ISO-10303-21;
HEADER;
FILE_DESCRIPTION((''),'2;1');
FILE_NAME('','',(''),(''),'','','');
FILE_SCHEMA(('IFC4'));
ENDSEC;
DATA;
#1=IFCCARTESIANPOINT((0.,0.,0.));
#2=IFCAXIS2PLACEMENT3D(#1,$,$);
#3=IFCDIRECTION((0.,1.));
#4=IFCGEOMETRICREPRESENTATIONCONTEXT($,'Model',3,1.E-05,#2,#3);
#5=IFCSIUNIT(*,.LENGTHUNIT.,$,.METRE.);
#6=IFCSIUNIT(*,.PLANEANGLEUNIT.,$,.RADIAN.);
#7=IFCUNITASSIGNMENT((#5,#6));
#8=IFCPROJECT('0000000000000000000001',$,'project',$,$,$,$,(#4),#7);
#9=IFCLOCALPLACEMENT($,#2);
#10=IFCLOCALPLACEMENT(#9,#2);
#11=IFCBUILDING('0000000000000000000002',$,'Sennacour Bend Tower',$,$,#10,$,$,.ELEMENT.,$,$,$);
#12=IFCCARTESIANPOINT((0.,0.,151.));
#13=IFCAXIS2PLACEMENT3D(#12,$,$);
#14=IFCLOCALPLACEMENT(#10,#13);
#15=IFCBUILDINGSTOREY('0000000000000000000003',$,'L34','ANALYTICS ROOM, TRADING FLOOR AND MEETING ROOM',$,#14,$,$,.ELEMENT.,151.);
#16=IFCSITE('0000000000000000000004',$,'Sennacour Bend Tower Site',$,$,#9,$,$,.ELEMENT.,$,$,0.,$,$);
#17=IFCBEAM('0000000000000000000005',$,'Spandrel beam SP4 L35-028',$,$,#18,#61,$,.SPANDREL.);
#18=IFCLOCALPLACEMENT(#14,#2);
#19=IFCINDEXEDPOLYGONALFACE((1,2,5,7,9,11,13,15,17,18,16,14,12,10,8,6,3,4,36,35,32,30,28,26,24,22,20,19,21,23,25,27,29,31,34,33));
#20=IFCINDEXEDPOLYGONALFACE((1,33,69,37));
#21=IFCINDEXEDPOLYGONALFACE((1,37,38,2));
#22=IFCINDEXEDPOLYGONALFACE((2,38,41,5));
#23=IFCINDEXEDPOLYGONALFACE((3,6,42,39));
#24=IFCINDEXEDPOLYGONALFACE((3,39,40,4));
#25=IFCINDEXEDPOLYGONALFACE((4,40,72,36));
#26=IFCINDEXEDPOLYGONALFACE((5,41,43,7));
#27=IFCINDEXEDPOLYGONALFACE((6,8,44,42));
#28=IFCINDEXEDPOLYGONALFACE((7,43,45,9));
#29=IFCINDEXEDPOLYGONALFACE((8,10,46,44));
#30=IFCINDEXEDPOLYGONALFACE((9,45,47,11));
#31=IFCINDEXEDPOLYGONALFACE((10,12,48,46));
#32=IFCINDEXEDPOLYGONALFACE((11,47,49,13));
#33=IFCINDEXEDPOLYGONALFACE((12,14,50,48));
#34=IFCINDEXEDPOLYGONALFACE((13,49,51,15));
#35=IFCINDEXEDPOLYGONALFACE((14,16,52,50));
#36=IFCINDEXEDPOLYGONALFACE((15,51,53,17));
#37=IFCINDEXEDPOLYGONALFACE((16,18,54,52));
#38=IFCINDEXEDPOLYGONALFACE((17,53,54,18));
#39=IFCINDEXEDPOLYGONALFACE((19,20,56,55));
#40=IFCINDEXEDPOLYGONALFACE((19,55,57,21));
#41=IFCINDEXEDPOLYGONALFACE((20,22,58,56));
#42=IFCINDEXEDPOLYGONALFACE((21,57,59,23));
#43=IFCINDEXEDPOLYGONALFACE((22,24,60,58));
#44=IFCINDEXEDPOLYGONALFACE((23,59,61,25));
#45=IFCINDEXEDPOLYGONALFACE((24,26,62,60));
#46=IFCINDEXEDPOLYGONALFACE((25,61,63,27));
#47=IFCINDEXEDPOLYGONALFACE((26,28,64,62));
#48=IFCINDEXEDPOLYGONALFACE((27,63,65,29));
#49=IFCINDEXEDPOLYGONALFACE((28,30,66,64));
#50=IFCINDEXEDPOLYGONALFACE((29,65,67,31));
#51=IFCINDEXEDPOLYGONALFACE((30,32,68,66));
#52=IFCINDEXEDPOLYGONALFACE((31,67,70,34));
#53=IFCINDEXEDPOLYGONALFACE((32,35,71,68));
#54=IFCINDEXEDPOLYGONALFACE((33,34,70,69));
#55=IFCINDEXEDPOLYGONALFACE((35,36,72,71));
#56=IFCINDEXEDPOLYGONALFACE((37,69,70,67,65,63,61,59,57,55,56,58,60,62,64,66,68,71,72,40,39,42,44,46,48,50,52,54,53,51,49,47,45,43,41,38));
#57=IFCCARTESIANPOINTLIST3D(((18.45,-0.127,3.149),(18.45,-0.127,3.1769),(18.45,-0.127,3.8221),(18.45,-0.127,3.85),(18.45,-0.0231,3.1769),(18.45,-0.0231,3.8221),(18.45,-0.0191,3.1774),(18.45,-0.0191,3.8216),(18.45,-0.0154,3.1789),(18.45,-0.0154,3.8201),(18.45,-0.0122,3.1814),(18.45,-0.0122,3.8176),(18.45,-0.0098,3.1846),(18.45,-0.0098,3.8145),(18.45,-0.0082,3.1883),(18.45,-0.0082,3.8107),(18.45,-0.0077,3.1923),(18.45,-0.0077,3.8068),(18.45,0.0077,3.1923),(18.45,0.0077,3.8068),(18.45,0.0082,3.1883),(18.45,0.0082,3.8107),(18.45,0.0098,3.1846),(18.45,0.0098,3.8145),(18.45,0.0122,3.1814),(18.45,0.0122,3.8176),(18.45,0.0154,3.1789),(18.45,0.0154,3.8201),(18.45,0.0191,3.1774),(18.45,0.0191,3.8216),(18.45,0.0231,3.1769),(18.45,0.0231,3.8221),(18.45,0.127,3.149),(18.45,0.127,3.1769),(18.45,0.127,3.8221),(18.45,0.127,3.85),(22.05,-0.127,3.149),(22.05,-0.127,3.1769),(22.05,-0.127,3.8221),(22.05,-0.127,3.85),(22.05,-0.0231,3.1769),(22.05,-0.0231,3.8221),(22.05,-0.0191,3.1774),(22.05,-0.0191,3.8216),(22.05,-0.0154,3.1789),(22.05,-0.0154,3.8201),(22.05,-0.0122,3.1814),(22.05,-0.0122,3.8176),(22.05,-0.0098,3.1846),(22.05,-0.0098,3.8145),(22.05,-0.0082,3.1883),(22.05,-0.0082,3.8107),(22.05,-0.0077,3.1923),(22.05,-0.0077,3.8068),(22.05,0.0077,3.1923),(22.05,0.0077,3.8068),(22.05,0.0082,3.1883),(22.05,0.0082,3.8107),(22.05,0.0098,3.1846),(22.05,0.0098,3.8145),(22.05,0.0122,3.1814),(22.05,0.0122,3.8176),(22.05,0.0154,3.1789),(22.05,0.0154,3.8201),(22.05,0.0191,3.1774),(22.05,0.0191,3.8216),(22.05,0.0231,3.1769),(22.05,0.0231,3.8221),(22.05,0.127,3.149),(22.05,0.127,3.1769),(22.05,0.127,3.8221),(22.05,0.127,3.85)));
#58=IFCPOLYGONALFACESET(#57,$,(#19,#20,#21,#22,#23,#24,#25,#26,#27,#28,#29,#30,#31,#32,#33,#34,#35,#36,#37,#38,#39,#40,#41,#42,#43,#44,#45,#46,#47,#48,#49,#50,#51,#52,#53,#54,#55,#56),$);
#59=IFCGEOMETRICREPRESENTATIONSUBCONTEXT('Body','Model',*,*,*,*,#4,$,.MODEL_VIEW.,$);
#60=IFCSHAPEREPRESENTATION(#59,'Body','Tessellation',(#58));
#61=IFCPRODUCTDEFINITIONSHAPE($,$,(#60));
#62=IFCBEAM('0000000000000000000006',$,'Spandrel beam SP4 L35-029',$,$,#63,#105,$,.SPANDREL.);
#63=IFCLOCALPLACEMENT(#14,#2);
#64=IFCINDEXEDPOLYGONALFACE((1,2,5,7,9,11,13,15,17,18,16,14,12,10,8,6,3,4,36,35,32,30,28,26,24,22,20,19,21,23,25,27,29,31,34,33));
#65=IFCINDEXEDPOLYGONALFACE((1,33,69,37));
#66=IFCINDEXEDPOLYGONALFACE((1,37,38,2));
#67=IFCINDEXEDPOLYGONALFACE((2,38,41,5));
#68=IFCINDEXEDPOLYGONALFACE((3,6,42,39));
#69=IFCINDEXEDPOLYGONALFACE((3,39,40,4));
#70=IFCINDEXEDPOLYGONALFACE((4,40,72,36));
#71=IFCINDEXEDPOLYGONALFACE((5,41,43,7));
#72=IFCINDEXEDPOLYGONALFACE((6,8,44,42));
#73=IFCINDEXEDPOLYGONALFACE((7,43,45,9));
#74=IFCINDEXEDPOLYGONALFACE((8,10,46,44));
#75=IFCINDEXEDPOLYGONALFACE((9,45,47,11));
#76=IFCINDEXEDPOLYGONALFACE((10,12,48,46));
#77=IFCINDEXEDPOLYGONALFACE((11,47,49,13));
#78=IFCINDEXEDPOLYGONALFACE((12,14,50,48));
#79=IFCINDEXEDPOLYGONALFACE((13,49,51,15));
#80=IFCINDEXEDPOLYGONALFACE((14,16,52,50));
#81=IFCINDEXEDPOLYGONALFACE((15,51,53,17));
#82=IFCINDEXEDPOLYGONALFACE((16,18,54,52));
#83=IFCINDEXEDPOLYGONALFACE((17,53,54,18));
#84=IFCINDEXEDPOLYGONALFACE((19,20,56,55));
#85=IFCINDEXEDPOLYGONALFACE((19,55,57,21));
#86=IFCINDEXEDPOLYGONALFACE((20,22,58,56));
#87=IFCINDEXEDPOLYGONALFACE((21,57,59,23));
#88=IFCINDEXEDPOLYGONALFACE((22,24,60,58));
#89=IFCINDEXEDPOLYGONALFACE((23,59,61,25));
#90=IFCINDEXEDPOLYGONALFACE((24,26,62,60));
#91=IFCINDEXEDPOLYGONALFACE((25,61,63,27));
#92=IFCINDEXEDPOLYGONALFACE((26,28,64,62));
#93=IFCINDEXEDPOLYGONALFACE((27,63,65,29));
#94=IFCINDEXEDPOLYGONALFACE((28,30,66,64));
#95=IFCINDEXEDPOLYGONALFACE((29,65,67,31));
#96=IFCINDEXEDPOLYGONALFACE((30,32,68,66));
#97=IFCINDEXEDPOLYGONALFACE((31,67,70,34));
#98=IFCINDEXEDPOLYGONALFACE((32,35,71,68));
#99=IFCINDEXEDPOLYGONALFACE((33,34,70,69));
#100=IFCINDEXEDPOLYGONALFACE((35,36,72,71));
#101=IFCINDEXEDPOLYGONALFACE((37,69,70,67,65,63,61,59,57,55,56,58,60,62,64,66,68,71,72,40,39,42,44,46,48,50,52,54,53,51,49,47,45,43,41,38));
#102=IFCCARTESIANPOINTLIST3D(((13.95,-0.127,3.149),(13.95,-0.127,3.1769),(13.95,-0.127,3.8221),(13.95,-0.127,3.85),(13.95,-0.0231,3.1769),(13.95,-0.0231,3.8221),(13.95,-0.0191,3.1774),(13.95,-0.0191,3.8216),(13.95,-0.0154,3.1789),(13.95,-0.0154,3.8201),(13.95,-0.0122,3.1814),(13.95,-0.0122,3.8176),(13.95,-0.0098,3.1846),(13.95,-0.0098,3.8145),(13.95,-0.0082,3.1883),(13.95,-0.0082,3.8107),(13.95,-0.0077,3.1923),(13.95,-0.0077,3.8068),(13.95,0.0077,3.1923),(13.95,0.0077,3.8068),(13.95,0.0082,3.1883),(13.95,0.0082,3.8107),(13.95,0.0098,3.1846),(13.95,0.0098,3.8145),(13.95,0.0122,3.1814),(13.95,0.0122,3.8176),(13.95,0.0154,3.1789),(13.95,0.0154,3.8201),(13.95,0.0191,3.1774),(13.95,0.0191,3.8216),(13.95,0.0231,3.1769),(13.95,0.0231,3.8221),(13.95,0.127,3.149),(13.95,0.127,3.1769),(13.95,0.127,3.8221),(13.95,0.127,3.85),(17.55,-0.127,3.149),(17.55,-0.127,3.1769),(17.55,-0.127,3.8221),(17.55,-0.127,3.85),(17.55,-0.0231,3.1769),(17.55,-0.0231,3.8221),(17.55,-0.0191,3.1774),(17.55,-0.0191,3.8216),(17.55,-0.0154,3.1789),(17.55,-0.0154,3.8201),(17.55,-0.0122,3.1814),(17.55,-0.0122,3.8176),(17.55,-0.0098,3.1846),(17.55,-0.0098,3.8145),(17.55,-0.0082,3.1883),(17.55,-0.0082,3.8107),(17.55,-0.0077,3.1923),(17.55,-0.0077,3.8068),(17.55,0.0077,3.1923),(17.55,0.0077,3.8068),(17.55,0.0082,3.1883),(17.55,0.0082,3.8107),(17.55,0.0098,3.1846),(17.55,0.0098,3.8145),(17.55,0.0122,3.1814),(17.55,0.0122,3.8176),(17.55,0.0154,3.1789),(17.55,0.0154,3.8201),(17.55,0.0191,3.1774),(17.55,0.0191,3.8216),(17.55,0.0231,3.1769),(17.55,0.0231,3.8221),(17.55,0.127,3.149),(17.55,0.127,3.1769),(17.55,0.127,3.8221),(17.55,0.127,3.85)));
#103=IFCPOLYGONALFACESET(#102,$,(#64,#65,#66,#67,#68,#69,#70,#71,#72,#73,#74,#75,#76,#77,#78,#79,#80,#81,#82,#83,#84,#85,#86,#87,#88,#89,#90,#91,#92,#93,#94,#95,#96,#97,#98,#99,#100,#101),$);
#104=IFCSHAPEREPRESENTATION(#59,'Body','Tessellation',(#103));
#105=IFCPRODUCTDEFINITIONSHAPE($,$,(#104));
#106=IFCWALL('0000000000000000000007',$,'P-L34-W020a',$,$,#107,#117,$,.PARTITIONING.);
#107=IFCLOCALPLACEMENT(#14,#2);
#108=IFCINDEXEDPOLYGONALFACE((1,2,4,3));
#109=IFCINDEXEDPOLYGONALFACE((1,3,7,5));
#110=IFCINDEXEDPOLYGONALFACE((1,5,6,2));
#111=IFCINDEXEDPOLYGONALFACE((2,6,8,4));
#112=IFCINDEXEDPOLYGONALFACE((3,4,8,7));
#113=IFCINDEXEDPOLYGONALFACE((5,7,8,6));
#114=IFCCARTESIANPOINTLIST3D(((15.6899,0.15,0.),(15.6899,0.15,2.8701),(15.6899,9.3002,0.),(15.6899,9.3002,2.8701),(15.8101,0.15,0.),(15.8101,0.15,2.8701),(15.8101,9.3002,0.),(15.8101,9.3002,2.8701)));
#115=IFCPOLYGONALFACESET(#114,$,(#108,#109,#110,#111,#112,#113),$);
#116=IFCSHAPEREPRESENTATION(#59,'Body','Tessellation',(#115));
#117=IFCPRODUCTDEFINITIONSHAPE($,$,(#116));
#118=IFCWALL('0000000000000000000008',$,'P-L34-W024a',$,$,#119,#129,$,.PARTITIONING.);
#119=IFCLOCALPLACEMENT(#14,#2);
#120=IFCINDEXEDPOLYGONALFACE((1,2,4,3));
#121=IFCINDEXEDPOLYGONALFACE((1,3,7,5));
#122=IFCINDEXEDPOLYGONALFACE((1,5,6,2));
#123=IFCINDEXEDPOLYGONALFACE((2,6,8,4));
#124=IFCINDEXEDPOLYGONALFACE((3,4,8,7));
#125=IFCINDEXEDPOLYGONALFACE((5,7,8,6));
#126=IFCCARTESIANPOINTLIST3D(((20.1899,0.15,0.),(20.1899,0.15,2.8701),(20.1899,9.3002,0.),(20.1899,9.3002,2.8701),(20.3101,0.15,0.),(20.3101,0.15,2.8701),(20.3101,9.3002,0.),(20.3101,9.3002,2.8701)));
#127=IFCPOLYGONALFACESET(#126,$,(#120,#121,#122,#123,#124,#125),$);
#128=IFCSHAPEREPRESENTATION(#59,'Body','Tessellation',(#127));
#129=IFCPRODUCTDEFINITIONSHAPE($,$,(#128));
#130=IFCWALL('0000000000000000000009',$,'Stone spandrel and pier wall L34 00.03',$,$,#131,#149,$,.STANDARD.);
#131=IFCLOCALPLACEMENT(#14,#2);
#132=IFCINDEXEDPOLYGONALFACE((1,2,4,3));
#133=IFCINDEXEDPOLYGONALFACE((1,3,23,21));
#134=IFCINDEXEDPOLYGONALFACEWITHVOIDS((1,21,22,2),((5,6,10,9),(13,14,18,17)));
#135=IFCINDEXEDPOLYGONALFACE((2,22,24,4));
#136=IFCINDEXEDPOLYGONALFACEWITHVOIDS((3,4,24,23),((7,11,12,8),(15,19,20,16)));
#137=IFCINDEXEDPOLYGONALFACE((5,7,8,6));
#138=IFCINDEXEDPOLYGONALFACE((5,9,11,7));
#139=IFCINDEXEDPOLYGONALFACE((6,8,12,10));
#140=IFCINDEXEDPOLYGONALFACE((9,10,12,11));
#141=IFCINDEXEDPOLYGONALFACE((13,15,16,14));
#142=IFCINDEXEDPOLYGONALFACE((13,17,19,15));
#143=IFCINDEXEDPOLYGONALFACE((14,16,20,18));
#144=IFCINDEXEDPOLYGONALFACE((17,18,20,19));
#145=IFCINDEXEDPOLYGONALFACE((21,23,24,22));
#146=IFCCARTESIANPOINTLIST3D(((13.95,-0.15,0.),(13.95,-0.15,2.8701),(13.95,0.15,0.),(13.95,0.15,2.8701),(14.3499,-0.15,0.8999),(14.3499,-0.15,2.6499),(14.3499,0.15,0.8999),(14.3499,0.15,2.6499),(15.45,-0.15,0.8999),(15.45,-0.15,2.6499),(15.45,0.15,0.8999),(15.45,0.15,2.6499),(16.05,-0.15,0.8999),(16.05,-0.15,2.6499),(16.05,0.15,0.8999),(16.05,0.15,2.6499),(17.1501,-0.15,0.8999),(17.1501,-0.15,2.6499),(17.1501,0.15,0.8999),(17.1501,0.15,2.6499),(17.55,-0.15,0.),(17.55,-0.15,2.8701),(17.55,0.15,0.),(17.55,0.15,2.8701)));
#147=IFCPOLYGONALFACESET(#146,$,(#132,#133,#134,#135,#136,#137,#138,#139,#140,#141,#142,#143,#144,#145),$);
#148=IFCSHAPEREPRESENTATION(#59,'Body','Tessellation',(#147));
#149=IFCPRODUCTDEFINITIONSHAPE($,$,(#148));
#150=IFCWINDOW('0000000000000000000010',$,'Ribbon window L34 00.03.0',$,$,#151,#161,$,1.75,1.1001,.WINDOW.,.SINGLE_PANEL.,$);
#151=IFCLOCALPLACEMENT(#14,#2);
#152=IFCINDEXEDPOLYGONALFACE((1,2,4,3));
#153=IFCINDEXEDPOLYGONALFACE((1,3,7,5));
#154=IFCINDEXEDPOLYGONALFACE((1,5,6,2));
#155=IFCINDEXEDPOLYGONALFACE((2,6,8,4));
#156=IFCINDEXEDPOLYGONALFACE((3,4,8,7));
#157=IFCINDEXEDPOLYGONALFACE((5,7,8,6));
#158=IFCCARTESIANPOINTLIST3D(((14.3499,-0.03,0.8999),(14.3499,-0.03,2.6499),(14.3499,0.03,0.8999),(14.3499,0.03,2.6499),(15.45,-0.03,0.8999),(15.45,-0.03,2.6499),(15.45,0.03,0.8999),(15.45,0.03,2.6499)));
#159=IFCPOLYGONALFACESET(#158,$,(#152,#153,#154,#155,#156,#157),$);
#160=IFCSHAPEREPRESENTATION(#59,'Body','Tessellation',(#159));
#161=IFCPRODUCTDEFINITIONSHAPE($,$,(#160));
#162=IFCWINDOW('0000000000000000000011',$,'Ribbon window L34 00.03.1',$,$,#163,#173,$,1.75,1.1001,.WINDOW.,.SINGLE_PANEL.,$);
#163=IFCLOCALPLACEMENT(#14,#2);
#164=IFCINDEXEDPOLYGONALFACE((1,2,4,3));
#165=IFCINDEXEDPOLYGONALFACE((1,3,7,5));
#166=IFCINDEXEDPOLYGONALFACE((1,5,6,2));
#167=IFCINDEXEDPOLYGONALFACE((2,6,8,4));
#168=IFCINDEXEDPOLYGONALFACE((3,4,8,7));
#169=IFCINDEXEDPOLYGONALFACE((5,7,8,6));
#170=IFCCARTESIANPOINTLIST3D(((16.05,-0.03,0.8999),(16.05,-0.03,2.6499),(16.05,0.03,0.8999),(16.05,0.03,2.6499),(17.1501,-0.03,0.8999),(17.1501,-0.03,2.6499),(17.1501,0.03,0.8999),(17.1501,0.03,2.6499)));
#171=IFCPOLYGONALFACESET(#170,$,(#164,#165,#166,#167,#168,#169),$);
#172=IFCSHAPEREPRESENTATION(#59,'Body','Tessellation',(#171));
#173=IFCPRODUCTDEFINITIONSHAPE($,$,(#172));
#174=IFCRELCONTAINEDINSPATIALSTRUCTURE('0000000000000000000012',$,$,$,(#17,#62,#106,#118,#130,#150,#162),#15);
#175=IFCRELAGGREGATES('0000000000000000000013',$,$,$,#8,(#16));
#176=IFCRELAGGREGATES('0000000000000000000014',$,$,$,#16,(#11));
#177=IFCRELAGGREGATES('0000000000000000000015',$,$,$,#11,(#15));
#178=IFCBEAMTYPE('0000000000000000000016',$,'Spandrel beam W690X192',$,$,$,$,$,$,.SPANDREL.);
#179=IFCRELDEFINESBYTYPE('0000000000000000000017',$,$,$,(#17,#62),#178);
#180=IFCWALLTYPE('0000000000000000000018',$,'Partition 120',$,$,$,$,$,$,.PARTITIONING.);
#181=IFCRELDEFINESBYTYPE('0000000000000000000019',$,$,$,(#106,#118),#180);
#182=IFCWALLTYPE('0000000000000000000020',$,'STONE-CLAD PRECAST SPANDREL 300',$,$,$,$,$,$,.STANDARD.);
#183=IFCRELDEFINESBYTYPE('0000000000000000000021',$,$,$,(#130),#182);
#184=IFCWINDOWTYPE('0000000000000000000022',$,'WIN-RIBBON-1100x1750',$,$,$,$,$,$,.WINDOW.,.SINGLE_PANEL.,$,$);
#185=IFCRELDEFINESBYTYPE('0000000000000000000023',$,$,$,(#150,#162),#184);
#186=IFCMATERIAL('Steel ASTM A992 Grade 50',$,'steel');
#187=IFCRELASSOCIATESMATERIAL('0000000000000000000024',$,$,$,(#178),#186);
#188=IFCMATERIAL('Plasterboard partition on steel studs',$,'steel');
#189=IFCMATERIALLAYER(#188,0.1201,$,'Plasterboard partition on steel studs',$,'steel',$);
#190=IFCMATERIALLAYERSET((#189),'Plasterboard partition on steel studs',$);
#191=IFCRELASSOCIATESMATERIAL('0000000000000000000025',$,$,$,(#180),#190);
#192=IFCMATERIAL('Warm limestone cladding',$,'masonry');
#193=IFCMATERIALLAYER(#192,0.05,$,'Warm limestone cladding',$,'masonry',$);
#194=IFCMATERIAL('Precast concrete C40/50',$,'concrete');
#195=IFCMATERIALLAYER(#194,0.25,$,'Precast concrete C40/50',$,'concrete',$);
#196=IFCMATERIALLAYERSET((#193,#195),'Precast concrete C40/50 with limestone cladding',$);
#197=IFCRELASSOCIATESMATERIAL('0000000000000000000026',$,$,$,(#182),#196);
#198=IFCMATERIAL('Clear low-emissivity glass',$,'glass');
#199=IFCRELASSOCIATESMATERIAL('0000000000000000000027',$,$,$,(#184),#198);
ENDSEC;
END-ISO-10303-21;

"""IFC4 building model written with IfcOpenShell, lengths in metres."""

from ifc_helpers import new_model, si_unit, direction, frame, frame_2d, origin, origin_2d, place, context, subcontext, project, spatial, rectangle, i_section, extrude, material, layer, layer_set, material_profile, profile_set, type_object, element, fill, save


model = new_model("IFC4")

# Units and contexts
model_context = context("Model", 3, precision=1e-05, world=origin(), true_north=direction((0.0, 1.0)))
body_context = subcontext(model_context, "Body", "Model", "MODEL_VIEW")
ifc_project = project(units=[si_unit("LENGTHUNIT", "METRE"), si_unit("PLANEANGLEUNIT", "RADIAN")], contexts=[model_context])

# Site, building, storey
site_placement = place(None, origin())
site = spatial("IfcSite", under=ifc_project, at=site_placement, Name="Sennacour Bend Tower Site", CompositionType="ELEMENT", RefElevation=0.0)
building_placement = place(site_placement, origin())
building = spatial("IfcBuilding", under=site, at=building_placement, Name="Sennacour Bend Tower", CompositionType="ELEMENT")
storey_placement = place(building_placement, frame((0.0, 0.0, 151.0)))
storey = spatial("IfcBuildingStorey", under=building, at=storey_placement, Name="L34", Description="ANALYTICS ROOM, TRADING FLOOR AND MEETING ROOM", CompositionType="ELEMENT", Elevation=151.0)

# Beams
ifc_material_1 = material(Name="Steel ASTM A992 Grade 50", Category="steel")
ifc_material_profile_1 = material_profile(ifc_material_1, i_section(OverallWidth=0.2539, OverallDepth=0.7009, WebThickness=0.0154, FlangeThickness=0.0278, FilletRadius=0.0154, at=origin_2d()), Name="Steel ASTM A992 Grade 50", Category="steel")
ifc_profile_set_1 = profile_set([ifc_material_profile_1], Name="Steel ASTM A992 Grade 50")
beam_type_1 = type_object("IfcBeamType", Name="Spandrel beam W690X192", PredefinedType="SPANDREL", material=ifc_profile_set_1)
for number, where, z_axis, x_axis, name in (
    (1, (22.05, 0.0, 3.4995), (-1.0, 0.0, 0.0), (0.0, -1.0, 0.0), "Spandrel beam SP4 L35-028"),
    (2, (17.55, 0.0, 3.4995), (-1.0, 0.0, 0.0), (0.0, -1.0, 0.0), "Spandrel beam SP4 L35-029"),
):
    element("IfcBeam", number, at=place(storey_placement, frame(where, z_axis=z_axis, x_axis=x_axis)), inside=storey, type_object=beam_type_1, Name=name, PredefinedType="SPANDREL", context=body_context, shape_type="SweptSolid", body=[
        extrude(i_section(OverallWidth=0.2539, OverallDepth=0.7009, WebThickness=0.0154, FlangeThickness=0.0278, FilletRadius=0.0154, at=origin_2d()), origin(), (0.0, 0.0, 1.0), 3.6001),
    ])

# Walls
ifc_material_2 = material(Name="Plasterboard partition on steel studs", Category="steel")
ifc_layer_1 = layer(ifc_material_2, 0.1201, Name="Plasterboard partition on steel studs", Category="steel")
ifc_layer_set_1 = layer_set([ifc_layer_1], Name="Plasterboard partition on steel studs")
wall_type_1 = type_object("IfcWallType", Name="Partition 120", PredefinedType="PARTITIONING", material=ifc_layer_set_1)
for number, where, z_axis, x_axis, name in (
    (3, (15.75, 0.1499, 0.0), (0.0, 0.0, 1.0), (0.0, 1.0, 0.0), "P-L34-W020a"),
    (4, (20.25, 0.1499, 0.0), (0.0, 0.0, 1.0), (0.0, 1.0, 0.0), "P-L34-W024a"),
):
    element("IfcWall", number, at=place(storey_placement, frame(where, z_axis=z_axis, x_axis=x_axis)), inside=storey, type_object=wall_type_1, Name=name, PredefinedType="PARTITIONING", context=body_context, shape_type="SweptSolid", body=[
        extrude(rectangle(XDim=9.1501, YDim=0.1201, at=frame_2d((4.5752, 0.0))), origin(), (0.0, 0.0, 1.0), 2.8701),
    ])

# Wall, openings, windows
ifc_material_3 = material(Name="Warm limestone cladding", Category="masonry")
ifc_layer_2 = layer(ifc_material_3, 0.05, Name="Warm limestone cladding", Category="masonry")
ifc_material_4 = material(Name="Precast concrete C40/50", Category="concrete")
ifc_layer_3 = layer(ifc_material_4, 0.25, Name="Precast concrete C40/50", Category="concrete")
ifc_layer_set_2 = layer_set([ifc_layer_2, ifc_layer_3], Name="Precast concrete C40/50 with limestone cladding")
wall_type_2 = type_object("IfcWallType", Name="STONE-CLAD PRECAST SPANDREL 300", PredefinedType="STANDARD", material=ifc_layer_set_2)
wall_1_placement = place(storey_placement, frame((13.95, 0.0, 0.0), z_axis=(0.0, 0.0, 1.0), x_axis=(1.0, 0.0, 0.0)))
wall_1 = element("IfcWall", 5, at=wall_1_placement, inside=storey, type_object=wall_type_2, Name="Stone spandrel and pier wall L34 00.03", PredefinedType="STANDARD", context=body_context, shape_type="SweptSolid", body=[
    extrude(rectangle(XDim=3.6001, YDim=0.3, at=frame_2d((1.8, 0.0))), origin(), (0.0, 0.0, 1.0), 2.8701),
])
opening_1_placement = place(wall_1_placement, frame((0.3999, 0.0, 0.8999)))
opening_1 = element("IfcOpeningElement", 6, at=opening_1_placement, cuts=wall_1, PredefinedType="OPENING", context=body_context, shape_type="SweptSolid", body=[
    extrude(rectangle(XDim=1.1001, YDim=1.75, at=frame_2d((0.55, 0.875))), frame((0.0, 0.1602, 0.0), z_axis=(0.0, -1.0, 0.0), x_axis=(1.0, 0.0, 0.0)), (0.0, 0.0, 1.0), 0.3201),
])
opening_2_placement = place(wall_1_placement, frame((2.1001, 0.0, 0.8999)))
opening_2 = element("IfcOpeningElement", 7, at=opening_2_placement, cuts=wall_1, PredefinedType="OPENING", context=body_context, shape_type="SweptSolid", body=[
    extrude(rectangle(XDim=1.1001, YDim=1.75, at=frame_2d((0.55, 0.875))), frame((0.0, 0.1602, 0.0), z_axis=(0.0, -1.0, 0.0), x_axis=(1.0, 0.0, 0.0)), (0.0, 0.0, 1.0), 0.3201),
])
ifc_material_5 = material(Name="Clear low-emissivity glass", Category="glass")
window_type = type_object("IfcWindowType", Name="WIN-RIBBON-1100x1750", PartitioningType="SINGLE_PANEL", PredefinedType="WINDOW", material=ifc_material_5)
window_1_placement = place(opening_1_placement, origin())
window_1 = element("IfcWindow", 8, at=window_1_placement, inside=storey, type_object=window_type, Name="Ribbon window L34 00.03.0", OverallHeight=1.75, OverallWidth=1.1001, PartitioningType="SINGLE_PANEL", PredefinedType="WINDOW", context=body_context, shape_type="SweptSolid", body=[
    extrude(rectangle(XDim=1.1001, YDim=1.75, at=frame_2d((0.55, 0.875))), frame((0.0, 0.03, 0.0), z_axis=(0.0, -1.0, 0.0), x_axis=(1.0, 0.0, 0.0)), (0.0, 0.0, 1.0), 0.0601),
])
fill(opening_1, window_1)
window_2_placement = place(opening_2_placement, origin())
window_2 = element("IfcWindow", 9, at=window_2_placement, inside=storey, type_object=window_type, Name="Ribbon window L34 00.03.1", OverallHeight=1.75, OverallWidth=1.1001, PartitioningType="SINGLE_PANEL", PredefinedType="WINDOW", context=body_context, shape_type="SweptSolid", body=[
    extrude(rectangle(XDim=1.1001, YDim=1.75, at=frame_2d((0.55, 0.875))), frame((0.0, 0.03, 0.0), z_axis=(0.0, -1.0, 0.0), x_axis=(1.0, 0.0, 0.0)), (0.0, 0.0, 1.0), 0.0601),
])
fill(opening_2, window_2)

save(model, "model.ifc")
